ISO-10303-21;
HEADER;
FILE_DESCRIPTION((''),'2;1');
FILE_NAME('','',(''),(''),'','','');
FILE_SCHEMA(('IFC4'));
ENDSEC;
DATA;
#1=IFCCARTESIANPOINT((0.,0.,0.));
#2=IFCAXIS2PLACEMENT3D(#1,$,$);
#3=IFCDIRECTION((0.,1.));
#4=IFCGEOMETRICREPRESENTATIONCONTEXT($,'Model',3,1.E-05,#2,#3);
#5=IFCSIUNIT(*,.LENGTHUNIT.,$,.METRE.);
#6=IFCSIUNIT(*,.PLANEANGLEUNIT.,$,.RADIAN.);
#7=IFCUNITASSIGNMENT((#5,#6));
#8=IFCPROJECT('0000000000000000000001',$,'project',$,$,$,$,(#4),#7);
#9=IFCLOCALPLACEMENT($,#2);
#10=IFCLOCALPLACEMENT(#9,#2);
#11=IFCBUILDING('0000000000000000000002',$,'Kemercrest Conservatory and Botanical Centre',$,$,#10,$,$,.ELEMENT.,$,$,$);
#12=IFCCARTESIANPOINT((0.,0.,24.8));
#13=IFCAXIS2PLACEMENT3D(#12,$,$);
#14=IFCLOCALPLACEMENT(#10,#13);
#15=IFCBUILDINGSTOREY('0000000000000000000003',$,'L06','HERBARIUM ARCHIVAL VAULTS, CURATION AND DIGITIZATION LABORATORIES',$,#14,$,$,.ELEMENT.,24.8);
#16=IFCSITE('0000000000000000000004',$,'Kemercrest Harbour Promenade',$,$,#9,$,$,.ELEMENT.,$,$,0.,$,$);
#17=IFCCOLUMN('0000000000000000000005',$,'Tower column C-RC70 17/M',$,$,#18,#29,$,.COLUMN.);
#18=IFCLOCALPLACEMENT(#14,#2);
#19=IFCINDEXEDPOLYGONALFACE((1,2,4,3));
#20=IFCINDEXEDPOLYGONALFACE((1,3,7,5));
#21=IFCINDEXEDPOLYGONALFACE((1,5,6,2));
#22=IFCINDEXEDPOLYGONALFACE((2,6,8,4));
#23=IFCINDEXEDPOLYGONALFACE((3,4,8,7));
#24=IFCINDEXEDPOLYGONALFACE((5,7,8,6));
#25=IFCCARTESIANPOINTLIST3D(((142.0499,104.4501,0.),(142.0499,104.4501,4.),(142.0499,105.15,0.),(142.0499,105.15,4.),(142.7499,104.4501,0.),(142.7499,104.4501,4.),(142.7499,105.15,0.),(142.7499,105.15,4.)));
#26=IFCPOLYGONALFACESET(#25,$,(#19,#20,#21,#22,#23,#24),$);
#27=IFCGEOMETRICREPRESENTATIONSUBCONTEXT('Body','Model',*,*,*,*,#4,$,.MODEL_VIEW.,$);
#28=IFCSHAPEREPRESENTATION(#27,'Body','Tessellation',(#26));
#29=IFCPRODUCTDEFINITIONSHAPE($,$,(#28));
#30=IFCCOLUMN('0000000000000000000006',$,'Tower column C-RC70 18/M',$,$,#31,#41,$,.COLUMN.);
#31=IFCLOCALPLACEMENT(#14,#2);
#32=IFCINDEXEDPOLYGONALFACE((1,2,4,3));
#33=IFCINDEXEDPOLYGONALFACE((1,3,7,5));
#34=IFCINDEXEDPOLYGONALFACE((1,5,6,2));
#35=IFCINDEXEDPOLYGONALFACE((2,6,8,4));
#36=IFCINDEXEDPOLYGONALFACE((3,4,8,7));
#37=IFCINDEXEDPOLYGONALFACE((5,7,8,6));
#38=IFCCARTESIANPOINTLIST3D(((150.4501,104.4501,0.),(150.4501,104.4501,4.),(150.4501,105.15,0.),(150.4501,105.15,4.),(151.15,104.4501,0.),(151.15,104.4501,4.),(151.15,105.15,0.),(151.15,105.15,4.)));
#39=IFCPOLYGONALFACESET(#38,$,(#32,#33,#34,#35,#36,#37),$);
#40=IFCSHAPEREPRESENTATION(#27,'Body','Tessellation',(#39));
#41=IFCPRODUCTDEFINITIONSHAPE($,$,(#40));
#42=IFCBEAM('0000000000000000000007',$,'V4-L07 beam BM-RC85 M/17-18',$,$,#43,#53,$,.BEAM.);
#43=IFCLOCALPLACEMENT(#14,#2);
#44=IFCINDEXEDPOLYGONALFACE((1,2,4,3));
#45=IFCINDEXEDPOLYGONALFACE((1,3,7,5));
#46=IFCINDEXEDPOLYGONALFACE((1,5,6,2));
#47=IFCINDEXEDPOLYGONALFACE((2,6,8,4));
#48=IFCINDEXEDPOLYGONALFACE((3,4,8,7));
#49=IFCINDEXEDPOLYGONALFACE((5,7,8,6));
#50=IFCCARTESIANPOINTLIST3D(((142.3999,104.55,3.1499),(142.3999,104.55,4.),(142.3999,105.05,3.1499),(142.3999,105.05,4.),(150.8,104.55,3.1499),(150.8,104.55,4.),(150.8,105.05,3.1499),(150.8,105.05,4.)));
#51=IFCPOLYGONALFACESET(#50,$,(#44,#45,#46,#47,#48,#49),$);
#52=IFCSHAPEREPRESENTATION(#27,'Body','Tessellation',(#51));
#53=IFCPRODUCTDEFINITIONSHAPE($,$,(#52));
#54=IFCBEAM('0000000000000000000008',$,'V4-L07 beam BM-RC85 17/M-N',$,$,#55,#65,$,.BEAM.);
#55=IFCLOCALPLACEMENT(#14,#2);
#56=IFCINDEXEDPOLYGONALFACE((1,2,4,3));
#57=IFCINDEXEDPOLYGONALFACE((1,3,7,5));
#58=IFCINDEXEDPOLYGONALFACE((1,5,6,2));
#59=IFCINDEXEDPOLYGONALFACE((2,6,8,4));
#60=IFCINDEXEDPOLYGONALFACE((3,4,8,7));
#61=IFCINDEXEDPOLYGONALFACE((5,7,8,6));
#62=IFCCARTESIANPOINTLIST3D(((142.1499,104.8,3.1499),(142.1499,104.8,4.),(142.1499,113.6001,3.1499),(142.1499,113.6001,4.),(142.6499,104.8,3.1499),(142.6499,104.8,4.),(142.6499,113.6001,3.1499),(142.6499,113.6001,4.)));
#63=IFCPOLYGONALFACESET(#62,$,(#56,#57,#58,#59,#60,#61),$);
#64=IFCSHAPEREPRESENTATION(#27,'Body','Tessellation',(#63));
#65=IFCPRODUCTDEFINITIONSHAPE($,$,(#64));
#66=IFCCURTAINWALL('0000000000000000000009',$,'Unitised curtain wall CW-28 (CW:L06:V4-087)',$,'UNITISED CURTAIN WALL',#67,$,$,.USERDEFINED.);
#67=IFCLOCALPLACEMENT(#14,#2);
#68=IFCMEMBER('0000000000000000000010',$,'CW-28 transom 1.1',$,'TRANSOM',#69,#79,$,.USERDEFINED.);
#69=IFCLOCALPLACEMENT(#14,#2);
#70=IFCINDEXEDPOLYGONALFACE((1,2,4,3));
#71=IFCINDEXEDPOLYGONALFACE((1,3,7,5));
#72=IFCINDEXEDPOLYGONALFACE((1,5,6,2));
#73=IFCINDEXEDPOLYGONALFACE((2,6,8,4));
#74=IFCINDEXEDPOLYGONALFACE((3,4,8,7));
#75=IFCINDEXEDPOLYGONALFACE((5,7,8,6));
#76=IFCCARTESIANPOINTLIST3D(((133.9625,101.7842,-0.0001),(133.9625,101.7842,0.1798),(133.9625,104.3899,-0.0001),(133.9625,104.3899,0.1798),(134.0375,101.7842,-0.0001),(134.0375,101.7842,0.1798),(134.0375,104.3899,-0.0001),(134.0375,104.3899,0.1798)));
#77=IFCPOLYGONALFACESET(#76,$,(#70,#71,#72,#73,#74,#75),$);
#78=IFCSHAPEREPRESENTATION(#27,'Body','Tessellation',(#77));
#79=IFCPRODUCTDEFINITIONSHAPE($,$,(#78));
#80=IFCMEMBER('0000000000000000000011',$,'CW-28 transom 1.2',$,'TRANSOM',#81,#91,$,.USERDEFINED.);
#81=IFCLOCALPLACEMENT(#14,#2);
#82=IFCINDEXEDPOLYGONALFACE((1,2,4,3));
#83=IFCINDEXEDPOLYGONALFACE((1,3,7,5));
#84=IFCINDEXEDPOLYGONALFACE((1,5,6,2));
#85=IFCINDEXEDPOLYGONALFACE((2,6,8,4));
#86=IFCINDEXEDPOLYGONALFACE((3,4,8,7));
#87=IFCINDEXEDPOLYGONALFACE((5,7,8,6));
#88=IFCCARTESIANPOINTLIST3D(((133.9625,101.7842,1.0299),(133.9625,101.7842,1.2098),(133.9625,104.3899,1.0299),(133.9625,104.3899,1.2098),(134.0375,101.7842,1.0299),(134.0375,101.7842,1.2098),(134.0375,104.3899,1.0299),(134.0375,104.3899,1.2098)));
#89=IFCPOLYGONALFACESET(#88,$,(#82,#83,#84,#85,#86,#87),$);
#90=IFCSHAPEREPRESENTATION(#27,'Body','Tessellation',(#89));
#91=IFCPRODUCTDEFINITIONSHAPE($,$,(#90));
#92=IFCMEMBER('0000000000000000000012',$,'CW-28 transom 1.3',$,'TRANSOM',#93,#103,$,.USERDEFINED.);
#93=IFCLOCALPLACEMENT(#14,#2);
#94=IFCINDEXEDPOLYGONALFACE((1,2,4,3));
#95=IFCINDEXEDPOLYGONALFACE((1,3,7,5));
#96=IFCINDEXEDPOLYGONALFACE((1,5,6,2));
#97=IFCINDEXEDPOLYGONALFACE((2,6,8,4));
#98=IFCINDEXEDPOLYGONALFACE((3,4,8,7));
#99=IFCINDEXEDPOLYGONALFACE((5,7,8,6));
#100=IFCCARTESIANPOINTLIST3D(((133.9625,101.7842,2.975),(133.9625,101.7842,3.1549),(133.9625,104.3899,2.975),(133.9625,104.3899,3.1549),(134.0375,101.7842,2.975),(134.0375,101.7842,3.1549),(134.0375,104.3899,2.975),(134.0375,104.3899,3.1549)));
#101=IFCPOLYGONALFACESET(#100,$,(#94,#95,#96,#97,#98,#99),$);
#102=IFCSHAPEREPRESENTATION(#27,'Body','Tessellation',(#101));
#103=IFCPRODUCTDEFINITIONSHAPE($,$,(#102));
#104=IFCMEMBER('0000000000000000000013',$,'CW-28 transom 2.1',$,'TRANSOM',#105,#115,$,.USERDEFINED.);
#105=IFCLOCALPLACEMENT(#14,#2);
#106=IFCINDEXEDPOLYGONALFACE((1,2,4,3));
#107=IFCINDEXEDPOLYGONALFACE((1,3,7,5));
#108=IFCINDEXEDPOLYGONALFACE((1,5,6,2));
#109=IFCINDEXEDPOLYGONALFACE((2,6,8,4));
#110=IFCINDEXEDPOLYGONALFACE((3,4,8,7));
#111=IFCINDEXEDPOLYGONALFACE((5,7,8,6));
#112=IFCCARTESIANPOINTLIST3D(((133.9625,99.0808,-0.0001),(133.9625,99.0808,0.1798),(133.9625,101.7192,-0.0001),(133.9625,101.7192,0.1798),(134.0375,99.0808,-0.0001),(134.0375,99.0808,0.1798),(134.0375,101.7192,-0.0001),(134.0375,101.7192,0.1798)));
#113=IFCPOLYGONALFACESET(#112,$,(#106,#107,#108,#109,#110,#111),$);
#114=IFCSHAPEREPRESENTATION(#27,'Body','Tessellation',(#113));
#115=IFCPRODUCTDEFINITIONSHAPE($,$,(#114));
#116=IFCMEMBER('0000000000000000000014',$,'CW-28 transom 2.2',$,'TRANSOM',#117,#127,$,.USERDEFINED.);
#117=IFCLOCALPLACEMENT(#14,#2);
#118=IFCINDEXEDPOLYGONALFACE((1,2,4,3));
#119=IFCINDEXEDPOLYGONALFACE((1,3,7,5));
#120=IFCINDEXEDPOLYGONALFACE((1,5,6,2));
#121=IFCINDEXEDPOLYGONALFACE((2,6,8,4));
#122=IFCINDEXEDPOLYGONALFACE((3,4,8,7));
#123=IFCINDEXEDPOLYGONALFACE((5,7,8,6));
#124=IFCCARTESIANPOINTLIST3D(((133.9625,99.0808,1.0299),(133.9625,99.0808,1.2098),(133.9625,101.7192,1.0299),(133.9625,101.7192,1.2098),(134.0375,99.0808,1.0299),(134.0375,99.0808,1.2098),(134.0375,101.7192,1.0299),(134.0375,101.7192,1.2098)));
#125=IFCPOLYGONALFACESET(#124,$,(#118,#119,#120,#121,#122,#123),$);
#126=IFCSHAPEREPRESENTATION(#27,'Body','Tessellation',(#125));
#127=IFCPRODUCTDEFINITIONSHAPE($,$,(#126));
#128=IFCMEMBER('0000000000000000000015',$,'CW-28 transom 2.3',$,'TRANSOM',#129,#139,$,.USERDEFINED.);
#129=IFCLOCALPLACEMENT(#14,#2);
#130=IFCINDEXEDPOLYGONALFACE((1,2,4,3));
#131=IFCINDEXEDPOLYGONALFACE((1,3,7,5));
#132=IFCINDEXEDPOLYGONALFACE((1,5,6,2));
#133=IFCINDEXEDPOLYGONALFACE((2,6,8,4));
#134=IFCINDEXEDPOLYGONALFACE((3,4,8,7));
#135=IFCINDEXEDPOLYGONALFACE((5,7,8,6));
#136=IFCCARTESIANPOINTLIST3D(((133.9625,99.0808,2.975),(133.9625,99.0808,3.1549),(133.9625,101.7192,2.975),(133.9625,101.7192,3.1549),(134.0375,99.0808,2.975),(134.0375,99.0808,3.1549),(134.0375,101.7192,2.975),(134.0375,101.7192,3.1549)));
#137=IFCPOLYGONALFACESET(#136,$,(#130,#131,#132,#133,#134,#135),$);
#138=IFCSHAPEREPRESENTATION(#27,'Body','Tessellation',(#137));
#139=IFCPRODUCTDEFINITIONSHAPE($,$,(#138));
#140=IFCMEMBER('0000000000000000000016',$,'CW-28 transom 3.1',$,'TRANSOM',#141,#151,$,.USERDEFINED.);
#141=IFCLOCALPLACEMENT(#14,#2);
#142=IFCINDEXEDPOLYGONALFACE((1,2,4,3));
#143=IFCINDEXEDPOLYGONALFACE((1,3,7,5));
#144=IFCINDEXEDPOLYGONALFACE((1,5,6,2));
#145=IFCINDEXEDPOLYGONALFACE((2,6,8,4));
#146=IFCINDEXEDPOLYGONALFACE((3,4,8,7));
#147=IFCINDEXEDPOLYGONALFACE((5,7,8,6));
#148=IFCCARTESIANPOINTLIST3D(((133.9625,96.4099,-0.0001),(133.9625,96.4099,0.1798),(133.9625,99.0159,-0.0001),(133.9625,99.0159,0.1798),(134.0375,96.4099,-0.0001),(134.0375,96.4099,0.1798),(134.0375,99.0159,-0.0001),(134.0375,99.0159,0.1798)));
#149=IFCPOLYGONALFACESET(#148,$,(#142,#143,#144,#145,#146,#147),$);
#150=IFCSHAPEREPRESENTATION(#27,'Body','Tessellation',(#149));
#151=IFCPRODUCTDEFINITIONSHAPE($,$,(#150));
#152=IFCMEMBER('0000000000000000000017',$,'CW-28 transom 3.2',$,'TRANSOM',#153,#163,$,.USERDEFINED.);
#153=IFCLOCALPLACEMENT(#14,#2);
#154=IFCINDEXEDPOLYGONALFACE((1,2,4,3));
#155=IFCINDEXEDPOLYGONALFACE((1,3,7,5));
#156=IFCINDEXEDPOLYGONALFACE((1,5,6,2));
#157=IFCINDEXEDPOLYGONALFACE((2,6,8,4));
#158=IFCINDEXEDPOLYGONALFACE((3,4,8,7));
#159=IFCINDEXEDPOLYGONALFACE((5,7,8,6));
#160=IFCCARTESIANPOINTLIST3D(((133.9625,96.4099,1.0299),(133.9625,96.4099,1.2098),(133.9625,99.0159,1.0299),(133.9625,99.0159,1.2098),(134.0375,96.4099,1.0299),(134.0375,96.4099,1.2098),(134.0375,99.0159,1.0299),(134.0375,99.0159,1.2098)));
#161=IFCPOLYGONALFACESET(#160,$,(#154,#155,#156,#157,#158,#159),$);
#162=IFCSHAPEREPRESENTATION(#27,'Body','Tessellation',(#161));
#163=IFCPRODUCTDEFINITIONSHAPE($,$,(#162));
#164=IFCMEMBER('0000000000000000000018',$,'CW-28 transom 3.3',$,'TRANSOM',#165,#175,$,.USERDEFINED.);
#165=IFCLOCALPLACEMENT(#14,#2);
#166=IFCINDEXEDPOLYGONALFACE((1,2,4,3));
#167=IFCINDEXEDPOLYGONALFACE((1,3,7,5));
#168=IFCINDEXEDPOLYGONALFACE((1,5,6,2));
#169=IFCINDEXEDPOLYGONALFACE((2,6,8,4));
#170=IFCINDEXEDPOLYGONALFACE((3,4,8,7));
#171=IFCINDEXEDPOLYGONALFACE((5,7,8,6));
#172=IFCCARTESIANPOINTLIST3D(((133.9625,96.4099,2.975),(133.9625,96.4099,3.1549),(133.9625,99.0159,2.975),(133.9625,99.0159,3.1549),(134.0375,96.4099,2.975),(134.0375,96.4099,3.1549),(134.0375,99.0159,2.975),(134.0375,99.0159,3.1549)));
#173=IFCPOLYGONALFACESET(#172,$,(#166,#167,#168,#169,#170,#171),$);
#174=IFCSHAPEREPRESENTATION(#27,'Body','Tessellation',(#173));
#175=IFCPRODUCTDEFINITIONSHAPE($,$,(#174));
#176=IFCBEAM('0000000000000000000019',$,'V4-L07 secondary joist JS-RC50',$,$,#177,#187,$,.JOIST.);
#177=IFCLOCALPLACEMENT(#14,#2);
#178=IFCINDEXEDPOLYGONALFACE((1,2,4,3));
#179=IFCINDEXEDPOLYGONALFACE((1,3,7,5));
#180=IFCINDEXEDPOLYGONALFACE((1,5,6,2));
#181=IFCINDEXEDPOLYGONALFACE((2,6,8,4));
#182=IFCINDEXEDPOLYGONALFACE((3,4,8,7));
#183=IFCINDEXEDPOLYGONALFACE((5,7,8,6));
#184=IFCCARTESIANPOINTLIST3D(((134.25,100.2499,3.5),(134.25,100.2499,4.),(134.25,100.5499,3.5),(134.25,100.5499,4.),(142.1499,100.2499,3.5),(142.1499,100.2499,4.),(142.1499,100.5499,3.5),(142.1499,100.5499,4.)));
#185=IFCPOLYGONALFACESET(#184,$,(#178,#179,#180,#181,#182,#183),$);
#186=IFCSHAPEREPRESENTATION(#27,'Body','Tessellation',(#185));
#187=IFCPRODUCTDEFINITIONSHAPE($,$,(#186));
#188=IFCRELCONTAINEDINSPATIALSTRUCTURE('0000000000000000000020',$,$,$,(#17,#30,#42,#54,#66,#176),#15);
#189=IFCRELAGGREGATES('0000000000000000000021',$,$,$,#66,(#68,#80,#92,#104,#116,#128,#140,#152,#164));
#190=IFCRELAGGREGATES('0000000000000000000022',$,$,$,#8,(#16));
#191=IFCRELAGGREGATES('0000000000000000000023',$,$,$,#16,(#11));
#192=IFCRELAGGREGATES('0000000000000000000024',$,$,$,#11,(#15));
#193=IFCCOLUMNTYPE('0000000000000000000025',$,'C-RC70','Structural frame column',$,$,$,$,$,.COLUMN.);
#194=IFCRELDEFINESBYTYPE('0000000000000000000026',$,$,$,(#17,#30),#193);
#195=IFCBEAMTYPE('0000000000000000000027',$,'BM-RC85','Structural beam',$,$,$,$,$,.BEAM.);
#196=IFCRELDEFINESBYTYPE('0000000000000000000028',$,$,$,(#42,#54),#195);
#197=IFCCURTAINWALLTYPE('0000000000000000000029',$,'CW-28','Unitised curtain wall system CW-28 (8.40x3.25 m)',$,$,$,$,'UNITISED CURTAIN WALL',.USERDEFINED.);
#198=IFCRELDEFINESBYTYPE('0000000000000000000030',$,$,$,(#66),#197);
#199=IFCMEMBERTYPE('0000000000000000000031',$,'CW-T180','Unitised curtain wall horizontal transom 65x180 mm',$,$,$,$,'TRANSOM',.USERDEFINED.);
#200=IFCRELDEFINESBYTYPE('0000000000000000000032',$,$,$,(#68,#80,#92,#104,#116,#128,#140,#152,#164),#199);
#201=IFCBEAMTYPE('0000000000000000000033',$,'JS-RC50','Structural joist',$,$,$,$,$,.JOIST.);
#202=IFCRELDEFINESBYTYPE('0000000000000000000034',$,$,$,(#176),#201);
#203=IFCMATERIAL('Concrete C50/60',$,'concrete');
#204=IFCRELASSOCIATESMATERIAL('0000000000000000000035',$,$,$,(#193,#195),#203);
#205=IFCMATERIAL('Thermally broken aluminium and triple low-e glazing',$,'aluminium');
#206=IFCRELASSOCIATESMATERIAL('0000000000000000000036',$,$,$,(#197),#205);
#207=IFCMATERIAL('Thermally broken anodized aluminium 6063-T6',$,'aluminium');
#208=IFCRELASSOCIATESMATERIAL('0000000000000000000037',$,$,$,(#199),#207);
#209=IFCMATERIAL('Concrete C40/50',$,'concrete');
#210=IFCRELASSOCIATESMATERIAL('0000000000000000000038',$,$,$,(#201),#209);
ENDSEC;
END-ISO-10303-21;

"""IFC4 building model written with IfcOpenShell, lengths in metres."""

from ifc_helpers import new_model, si_unit, direction, frame, origin, origin_2d, place, context, subcontext, project, spatial, rectangle, extrude, material, material_profile, profile_set, type_object, element, aggregate, save


model = new_model("IFC4")

# Units and contexts
model_context = context("Model", 3, precision=1e-05, world=origin(), true_north=direction((0.0, 1.0)))
body_context = subcontext(model_context, "Body", "Model", "MODEL_VIEW")
ifc_project = project(units=[si_unit("LENGTHUNIT", "METRE"), si_unit("PLANEANGLEUNIT", "RADIAN")], contexts=[model_context])

# Site, building, storey
site_placement = place(None, origin())
site = spatial("IfcSite", under=ifc_project, at=site_placement, Name="Kemercrest Harbour Promenade", CompositionType="ELEMENT", RefElevation=0.0)
building_placement = place(site_placement, origin())
building = spatial("IfcBuilding", under=site, at=building_placement, Name="Kemercrest Conservatory and Botanical Centre", CompositionType="ELEMENT")
storey_placement = place(building_placement, frame((0.0, 0.0, 24.8)))
storey = spatial("IfcBuildingStorey", under=building, at=storey_placement, Name="L06", Description="HERBARIUM ARCHIVAL VAULTS, CURATION AND DIGITIZATION LABORATORIES", CompositionType="ELEMENT", Elevation=24.8)

# Columns
ifc_material_1 = material(Name="Concrete C50/60", Category="concrete")
ifc_material_profile_1 = material_profile(ifc_material_1, rectangle(XDim=0.7, YDim=0.7, at=origin_2d()), Name="RC 700x700")
ifc_profile_set_1 = profile_set([ifc_material_profile_1], Name="Concrete C50/60")
column_type = type_object("IfcColumnType", Name="C-RC70", Description="Structural frame column", PredefinedType="COLUMN", material=ifc_profile_set_1)
for number, where, z_axis, x_axis, name in (
    (1, (142.3999, 104.8, 0.0), (0.0, 0.0, 1.0), (1.0, 0.0, 0.0), "Tower column C-RC70 17/M"),
    (2, (150.8, 104.8, 0.0), (0.0, 0.0, 1.0), (1.0, 0.0, 0.0), "Tower column C-RC70 18/M"),
):
    element("IfcColumn", number, at=place(storey_placement, frame(where, z_axis=z_axis, x_axis=x_axis)), inside=storey, type_object=column_type, Name=name, PredefinedType="COLUMN", context=body_context, shape_type="SweptSolid", body=[
        extrude(rectangle(XDim=0.7, YDim=0.7, at=origin_2d()), origin(), (0.0, 0.0, 1.0), 4.0),
    ])

# Beams
ifc_material_profile_2 = material_profile(ifc_material_1, rectangle(XDim=0.5, YDim=0.8501, at=origin_2d()), Name="RC 500x850")
ifc_profile_set_2 = profile_set([ifc_material_profile_2], Name="Concrete C50/60")
beam_type_1 = type_object("IfcBeamType", Name="BM-RC85", Description="Structural beam", PredefinedType="BEAM", material=ifc_profile_set_2)
beam_1_placement = place(storey_placement, frame((142.3999, 104.8, 3.575), z_axis=(1.0, 0.0, 0.0), x_axis=(0.0, 1.0, 0.0)))
element("IfcBeam", 3, at=beam_1_placement, inside=storey, type_object=beam_type_1, Name="V4-L07 beam BM-RC85 M/17-18", PredefinedType="BEAM", context=body_context, shape_type="SweptSolid", body=[
    extrude(rectangle(XDim=0.5, YDim=0.8501, at=origin_2d()), origin(), (0.0, 0.0, 1.0), 8.4001),
])
beam_2_placement = place(storey_placement, frame((142.3999, 104.8, 3.575), z_axis=(0.0, 1.0, 0.0), x_axis=(-1.0, 0.0, 0.0)))
element("IfcBeam", 4, at=beam_2_placement, inside=storey, type_object=beam_type_1, Name="V4-L07 beam BM-RC85 17/M-N", PredefinedType="BEAM", context=body_context, shape_type="SweptSolid", body=[
    extrude(rectangle(XDim=0.5, YDim=0.8501, at=origin_2d()), origin(), (0.0, 0.0, 1.0), 8.8),
])

# Curtain wall, members
ifc_material_2 = material(Name="Thermally broken aluminium and triple low-e glazing", Category="aluminium")
curtain_wall_type = type_object("IfcCurtainWallType", Name="CW-28", Description="Unitised curtain wall system CW-28 (8.40x3.25 m)", ElementType="UNITISED CURTAIN WALL", PredefinedType="USERDEFINED", material=ifc_material_2)
curtain_wall_placement = place(storey_placement, origin())
curtain_wall = element("IfcCurtainWall", 5, at=curtain_wall_placement, inside=storey, type_object=curtain_wall_type, Name="Unitised curtain wall CW-28 (CW:L06:V4-087)", ObjectType="UNITISED CURTAIN WALL", PredefinedType="USERDEFINED")
ifc_material_3 = material(Name="Thermally broken anodized aluminium 6063-T6", Category="aluminium")
ifc_material_profile_3 = material_profile(ifc_material_3, rectangle(XDim=0.075, YDim=0.1799, at=origin_2d()), Name="AL TRANSOM 75x180")
ifc_profile_set_3 = profile_set([ifc_material_profile_3], Name="Thermally broken anodized aluminium 6063-T6")
member_type = type_object("IfcMemberType", Name="CW-T180", Description="Unitised curtain wall horizontal transom 65x180 mm", ElementType="TRANSOM", PredefinedType="USERDEFINED", material=ifc_profile_set_3)
member_1_placement = place(storey_placement, frame((134.0, 104.3899, 0.0898), z_axis=(0.0, -1.0, 0.0), x_axis=(1.0, 0.0, 0.0)))
member_1 = element("IfcMember", 6, at=member_1_placement, type_object=member_type, Name="CW-28 transom 1.1", ObjectType="TRANSOM", PredefinedType="USERDEFINED", context=body_context, shape_type="SweptSolid", body=[
    extrude(rectangle(XDim=0.075, YDim=0.1799, at=origin_2d()), origin(), (0.0, 0.0, 1.0), 2.6057),
])
member_2_placement = place(storey_placement, frame((134.0, 104.3899, 1.1199), z_axis=(0.0, -1.0, 0.0), x_axis=(1.0, 0.0, 0.0)))
member_2 = element("IfcMember", 7, at=member_2_placement, type_object=member_type, Name="CW-28 transom 1.2", ObjectType="TRANSOM", PredefinedType="USERDEFINED", context=body_context, shape_type="SweptSolid", body=[
    extrude(rectangle(XDim=0.075, YDim=0.1799, at=origin_2d()), origin(), (0.0, 0.0, 1.0), 2.6057),
])
member_3_placement = place(storey_placement, frame((134.0, 104.3899, 3.0649), z_axis=(0.0, -1.0, 0.0), x_axis=(1.0, 0.0, 0.0)))
member_3 = element("IfcMember", 8, at=member_3_placement, type_object=member_type, Name="CW-28 transom 1.3", ObjectType="TRANSOM", PredefinedType="USERDEFINED", context=body_context, shape_type="SweptSolid", body=[
    extrude(rectangle(XDim=0.075, YDim=0.1799, at=origin_2d()), origin(), (0.0, 0.0, 1.0), 2.6057),
])
member_4_placement = place(storey_placement, frame((134.0, 101.7192, 0.0898), z_axis=(0.0, -1.0, 0.0), x_axis=(1.0, 0.0, 0.0)))
member_4 = element("IfcMember", 9, at=member_4_placement, type_object=member_type, Name="CW-28 transom 2.1", ObjectType="TRANSOM", PredefinedType="USERDEFINED", context=body_context, shape_type="SweptSolid", body=[
    extrude(rectangle(XDim=0.075, YDim=0.1799, at=origin_2d()), origin(), (0.0, 0.0, 1.0), 2.6384),
])
member_5_placement = place(storey_placement, frame((134.0, 101.7192, 1.1199), z_axis=(0.0, -1.0, 0.0), x_axis=(1.0, 0.0, 0.0)))
member_5 = element("IfcMember", 10, at=member_5_placement, type_object=member_type, Name="CW-28 transom 2.2", ObjectType="TRANSOM", PredefinedType="USERDEFINED", context=body_context, shape_type="SweptSolid", body=[
    extrude(rectangle(XDim=0.075, YDim=0.1799, at=origin_2d()), origin(), (0.0, 0.0, 1.0), 2.6384),
])
member_6_placement = place(storey_placement, frame((134.0, 101.7192, 3.0649), z_axis=(0.0, -1.0, 0.0), x_axis=(1.0, 0.0, 0.0)))
member_6 = element("IfcMember", 11, at=member_6_placement, type_object=member_type, Name="CW-28 transom 2.3", ObjectType="TRANSOM", PredefinedType="USERDEFINED", context=body_context, shape_type="SweptSolid", body=[
    extrude(rectangle(XDim=0.075, YDim=0.1799, at=origin_2d()), origin(), (0.0, 0.0, 1.0), 2.6384),
])
member_7_placement = place(storey_placement, frame((134.0, 99.0159, 0.0898), z_axis=(0.0, -1.0, 0.0), x_axis=(1.0, 0.0, 0.0)))
member_7 = element("IfcMember", 12, at=member_7_placement, type_object=member_type, Name="CW-28 transom 3.1", ObjectType="TRANSOM", PredefinedType="USERDEFINED", context=body_context, shape_type="SweptSolid", body=[
    extrude(rectangle(XDim=0.075, YDim=0.1799, at=origin_2d()), origin(), (0.0, 0.0, 1.0), 2.606),
])
member_8_placement = place(storey_placement, frame((134.0, 99.0159, 1.1199), z_axis=(0.0, -1.0, 0.0), x_axis=(1.0, 0.0, 0.0)))
member_8 = element("IfcMember", 13, at=member_8_placement, type_object=member_type, Name="CW-28 transom 3.2", ObjectType="TRANSOM", PredefinedType="USERDEFINED", context=body_context, shape_type="SweptSolid", body=[
    extrude(rectangle(XDim=0.075, YDim=0.1799, at=origin_2d()), origin(), (0.0, 0.0, 1.0), 2.606),
])
member_9_placement = place(storey_placement, frame((134.0, 99.0159, 3.0649), z_axis=(0.0, -1.0, 0.0), x_axis=(1.0, 0.0, 0.0)))
member_9 = element("IfcMember", 14, at=member_9_placement, type_object=member_type, Name="CW-28 transom 3.3", ObjectType="TRANSOM", PredefinedType="USERDEFINED", context=body_context, shape_type="SweptSolid", body=[
    extrude(rectangle(XDim=0.075, YDim=0.1799, at=origin_2d()), origin(), (0.0, 0.0, 1.0), 2.606),
])

# Beam
ifc_material_4 = material(Name="Concrete C40/50", Category="concrete")
ifc_material_profile_4 = material_profile(ifc_material_4, rectangle(XDim=0.3, YDim=0.5, at=origin_2d()), Name="RC 300x500")
ifc_profile_set_4 = profile_set([ifc_material_profile_4], Name="Concrete C40/50")
beam_type_2 = type_object("IfcBeamType", Name="JS-RC50", Description="Structural joist", PredefinedType="JOIST", material=ifc_profile_set_4)
beam_3_placement = place(storey_placement, frame((134.25, 100.3999, 3.75), z_axis=(1.0, 0.0, 0.0), x_axis=(0.0, 1.0, 0.0)))
element("IfcBeam", 15, at=beam_3_placement, inside=storey, type_object=beam_type_2, Name="V4-L07 secondary joist JS-RC50", PredefinedType="JOIST", context=body_context, shape_type="SweptSolid", body=[
    extrude(rectangle(XDim=0.3, YDim=0.5, at=origin_2d()), origin(), (0.0, 0.0, 1.0), 7.8999),
])

aggregate(curtain_wall, [member_1, member_2, member_3, member_4, member_5, member_6, member_7, member_8, member_9])

save(model, "model.ifc")
